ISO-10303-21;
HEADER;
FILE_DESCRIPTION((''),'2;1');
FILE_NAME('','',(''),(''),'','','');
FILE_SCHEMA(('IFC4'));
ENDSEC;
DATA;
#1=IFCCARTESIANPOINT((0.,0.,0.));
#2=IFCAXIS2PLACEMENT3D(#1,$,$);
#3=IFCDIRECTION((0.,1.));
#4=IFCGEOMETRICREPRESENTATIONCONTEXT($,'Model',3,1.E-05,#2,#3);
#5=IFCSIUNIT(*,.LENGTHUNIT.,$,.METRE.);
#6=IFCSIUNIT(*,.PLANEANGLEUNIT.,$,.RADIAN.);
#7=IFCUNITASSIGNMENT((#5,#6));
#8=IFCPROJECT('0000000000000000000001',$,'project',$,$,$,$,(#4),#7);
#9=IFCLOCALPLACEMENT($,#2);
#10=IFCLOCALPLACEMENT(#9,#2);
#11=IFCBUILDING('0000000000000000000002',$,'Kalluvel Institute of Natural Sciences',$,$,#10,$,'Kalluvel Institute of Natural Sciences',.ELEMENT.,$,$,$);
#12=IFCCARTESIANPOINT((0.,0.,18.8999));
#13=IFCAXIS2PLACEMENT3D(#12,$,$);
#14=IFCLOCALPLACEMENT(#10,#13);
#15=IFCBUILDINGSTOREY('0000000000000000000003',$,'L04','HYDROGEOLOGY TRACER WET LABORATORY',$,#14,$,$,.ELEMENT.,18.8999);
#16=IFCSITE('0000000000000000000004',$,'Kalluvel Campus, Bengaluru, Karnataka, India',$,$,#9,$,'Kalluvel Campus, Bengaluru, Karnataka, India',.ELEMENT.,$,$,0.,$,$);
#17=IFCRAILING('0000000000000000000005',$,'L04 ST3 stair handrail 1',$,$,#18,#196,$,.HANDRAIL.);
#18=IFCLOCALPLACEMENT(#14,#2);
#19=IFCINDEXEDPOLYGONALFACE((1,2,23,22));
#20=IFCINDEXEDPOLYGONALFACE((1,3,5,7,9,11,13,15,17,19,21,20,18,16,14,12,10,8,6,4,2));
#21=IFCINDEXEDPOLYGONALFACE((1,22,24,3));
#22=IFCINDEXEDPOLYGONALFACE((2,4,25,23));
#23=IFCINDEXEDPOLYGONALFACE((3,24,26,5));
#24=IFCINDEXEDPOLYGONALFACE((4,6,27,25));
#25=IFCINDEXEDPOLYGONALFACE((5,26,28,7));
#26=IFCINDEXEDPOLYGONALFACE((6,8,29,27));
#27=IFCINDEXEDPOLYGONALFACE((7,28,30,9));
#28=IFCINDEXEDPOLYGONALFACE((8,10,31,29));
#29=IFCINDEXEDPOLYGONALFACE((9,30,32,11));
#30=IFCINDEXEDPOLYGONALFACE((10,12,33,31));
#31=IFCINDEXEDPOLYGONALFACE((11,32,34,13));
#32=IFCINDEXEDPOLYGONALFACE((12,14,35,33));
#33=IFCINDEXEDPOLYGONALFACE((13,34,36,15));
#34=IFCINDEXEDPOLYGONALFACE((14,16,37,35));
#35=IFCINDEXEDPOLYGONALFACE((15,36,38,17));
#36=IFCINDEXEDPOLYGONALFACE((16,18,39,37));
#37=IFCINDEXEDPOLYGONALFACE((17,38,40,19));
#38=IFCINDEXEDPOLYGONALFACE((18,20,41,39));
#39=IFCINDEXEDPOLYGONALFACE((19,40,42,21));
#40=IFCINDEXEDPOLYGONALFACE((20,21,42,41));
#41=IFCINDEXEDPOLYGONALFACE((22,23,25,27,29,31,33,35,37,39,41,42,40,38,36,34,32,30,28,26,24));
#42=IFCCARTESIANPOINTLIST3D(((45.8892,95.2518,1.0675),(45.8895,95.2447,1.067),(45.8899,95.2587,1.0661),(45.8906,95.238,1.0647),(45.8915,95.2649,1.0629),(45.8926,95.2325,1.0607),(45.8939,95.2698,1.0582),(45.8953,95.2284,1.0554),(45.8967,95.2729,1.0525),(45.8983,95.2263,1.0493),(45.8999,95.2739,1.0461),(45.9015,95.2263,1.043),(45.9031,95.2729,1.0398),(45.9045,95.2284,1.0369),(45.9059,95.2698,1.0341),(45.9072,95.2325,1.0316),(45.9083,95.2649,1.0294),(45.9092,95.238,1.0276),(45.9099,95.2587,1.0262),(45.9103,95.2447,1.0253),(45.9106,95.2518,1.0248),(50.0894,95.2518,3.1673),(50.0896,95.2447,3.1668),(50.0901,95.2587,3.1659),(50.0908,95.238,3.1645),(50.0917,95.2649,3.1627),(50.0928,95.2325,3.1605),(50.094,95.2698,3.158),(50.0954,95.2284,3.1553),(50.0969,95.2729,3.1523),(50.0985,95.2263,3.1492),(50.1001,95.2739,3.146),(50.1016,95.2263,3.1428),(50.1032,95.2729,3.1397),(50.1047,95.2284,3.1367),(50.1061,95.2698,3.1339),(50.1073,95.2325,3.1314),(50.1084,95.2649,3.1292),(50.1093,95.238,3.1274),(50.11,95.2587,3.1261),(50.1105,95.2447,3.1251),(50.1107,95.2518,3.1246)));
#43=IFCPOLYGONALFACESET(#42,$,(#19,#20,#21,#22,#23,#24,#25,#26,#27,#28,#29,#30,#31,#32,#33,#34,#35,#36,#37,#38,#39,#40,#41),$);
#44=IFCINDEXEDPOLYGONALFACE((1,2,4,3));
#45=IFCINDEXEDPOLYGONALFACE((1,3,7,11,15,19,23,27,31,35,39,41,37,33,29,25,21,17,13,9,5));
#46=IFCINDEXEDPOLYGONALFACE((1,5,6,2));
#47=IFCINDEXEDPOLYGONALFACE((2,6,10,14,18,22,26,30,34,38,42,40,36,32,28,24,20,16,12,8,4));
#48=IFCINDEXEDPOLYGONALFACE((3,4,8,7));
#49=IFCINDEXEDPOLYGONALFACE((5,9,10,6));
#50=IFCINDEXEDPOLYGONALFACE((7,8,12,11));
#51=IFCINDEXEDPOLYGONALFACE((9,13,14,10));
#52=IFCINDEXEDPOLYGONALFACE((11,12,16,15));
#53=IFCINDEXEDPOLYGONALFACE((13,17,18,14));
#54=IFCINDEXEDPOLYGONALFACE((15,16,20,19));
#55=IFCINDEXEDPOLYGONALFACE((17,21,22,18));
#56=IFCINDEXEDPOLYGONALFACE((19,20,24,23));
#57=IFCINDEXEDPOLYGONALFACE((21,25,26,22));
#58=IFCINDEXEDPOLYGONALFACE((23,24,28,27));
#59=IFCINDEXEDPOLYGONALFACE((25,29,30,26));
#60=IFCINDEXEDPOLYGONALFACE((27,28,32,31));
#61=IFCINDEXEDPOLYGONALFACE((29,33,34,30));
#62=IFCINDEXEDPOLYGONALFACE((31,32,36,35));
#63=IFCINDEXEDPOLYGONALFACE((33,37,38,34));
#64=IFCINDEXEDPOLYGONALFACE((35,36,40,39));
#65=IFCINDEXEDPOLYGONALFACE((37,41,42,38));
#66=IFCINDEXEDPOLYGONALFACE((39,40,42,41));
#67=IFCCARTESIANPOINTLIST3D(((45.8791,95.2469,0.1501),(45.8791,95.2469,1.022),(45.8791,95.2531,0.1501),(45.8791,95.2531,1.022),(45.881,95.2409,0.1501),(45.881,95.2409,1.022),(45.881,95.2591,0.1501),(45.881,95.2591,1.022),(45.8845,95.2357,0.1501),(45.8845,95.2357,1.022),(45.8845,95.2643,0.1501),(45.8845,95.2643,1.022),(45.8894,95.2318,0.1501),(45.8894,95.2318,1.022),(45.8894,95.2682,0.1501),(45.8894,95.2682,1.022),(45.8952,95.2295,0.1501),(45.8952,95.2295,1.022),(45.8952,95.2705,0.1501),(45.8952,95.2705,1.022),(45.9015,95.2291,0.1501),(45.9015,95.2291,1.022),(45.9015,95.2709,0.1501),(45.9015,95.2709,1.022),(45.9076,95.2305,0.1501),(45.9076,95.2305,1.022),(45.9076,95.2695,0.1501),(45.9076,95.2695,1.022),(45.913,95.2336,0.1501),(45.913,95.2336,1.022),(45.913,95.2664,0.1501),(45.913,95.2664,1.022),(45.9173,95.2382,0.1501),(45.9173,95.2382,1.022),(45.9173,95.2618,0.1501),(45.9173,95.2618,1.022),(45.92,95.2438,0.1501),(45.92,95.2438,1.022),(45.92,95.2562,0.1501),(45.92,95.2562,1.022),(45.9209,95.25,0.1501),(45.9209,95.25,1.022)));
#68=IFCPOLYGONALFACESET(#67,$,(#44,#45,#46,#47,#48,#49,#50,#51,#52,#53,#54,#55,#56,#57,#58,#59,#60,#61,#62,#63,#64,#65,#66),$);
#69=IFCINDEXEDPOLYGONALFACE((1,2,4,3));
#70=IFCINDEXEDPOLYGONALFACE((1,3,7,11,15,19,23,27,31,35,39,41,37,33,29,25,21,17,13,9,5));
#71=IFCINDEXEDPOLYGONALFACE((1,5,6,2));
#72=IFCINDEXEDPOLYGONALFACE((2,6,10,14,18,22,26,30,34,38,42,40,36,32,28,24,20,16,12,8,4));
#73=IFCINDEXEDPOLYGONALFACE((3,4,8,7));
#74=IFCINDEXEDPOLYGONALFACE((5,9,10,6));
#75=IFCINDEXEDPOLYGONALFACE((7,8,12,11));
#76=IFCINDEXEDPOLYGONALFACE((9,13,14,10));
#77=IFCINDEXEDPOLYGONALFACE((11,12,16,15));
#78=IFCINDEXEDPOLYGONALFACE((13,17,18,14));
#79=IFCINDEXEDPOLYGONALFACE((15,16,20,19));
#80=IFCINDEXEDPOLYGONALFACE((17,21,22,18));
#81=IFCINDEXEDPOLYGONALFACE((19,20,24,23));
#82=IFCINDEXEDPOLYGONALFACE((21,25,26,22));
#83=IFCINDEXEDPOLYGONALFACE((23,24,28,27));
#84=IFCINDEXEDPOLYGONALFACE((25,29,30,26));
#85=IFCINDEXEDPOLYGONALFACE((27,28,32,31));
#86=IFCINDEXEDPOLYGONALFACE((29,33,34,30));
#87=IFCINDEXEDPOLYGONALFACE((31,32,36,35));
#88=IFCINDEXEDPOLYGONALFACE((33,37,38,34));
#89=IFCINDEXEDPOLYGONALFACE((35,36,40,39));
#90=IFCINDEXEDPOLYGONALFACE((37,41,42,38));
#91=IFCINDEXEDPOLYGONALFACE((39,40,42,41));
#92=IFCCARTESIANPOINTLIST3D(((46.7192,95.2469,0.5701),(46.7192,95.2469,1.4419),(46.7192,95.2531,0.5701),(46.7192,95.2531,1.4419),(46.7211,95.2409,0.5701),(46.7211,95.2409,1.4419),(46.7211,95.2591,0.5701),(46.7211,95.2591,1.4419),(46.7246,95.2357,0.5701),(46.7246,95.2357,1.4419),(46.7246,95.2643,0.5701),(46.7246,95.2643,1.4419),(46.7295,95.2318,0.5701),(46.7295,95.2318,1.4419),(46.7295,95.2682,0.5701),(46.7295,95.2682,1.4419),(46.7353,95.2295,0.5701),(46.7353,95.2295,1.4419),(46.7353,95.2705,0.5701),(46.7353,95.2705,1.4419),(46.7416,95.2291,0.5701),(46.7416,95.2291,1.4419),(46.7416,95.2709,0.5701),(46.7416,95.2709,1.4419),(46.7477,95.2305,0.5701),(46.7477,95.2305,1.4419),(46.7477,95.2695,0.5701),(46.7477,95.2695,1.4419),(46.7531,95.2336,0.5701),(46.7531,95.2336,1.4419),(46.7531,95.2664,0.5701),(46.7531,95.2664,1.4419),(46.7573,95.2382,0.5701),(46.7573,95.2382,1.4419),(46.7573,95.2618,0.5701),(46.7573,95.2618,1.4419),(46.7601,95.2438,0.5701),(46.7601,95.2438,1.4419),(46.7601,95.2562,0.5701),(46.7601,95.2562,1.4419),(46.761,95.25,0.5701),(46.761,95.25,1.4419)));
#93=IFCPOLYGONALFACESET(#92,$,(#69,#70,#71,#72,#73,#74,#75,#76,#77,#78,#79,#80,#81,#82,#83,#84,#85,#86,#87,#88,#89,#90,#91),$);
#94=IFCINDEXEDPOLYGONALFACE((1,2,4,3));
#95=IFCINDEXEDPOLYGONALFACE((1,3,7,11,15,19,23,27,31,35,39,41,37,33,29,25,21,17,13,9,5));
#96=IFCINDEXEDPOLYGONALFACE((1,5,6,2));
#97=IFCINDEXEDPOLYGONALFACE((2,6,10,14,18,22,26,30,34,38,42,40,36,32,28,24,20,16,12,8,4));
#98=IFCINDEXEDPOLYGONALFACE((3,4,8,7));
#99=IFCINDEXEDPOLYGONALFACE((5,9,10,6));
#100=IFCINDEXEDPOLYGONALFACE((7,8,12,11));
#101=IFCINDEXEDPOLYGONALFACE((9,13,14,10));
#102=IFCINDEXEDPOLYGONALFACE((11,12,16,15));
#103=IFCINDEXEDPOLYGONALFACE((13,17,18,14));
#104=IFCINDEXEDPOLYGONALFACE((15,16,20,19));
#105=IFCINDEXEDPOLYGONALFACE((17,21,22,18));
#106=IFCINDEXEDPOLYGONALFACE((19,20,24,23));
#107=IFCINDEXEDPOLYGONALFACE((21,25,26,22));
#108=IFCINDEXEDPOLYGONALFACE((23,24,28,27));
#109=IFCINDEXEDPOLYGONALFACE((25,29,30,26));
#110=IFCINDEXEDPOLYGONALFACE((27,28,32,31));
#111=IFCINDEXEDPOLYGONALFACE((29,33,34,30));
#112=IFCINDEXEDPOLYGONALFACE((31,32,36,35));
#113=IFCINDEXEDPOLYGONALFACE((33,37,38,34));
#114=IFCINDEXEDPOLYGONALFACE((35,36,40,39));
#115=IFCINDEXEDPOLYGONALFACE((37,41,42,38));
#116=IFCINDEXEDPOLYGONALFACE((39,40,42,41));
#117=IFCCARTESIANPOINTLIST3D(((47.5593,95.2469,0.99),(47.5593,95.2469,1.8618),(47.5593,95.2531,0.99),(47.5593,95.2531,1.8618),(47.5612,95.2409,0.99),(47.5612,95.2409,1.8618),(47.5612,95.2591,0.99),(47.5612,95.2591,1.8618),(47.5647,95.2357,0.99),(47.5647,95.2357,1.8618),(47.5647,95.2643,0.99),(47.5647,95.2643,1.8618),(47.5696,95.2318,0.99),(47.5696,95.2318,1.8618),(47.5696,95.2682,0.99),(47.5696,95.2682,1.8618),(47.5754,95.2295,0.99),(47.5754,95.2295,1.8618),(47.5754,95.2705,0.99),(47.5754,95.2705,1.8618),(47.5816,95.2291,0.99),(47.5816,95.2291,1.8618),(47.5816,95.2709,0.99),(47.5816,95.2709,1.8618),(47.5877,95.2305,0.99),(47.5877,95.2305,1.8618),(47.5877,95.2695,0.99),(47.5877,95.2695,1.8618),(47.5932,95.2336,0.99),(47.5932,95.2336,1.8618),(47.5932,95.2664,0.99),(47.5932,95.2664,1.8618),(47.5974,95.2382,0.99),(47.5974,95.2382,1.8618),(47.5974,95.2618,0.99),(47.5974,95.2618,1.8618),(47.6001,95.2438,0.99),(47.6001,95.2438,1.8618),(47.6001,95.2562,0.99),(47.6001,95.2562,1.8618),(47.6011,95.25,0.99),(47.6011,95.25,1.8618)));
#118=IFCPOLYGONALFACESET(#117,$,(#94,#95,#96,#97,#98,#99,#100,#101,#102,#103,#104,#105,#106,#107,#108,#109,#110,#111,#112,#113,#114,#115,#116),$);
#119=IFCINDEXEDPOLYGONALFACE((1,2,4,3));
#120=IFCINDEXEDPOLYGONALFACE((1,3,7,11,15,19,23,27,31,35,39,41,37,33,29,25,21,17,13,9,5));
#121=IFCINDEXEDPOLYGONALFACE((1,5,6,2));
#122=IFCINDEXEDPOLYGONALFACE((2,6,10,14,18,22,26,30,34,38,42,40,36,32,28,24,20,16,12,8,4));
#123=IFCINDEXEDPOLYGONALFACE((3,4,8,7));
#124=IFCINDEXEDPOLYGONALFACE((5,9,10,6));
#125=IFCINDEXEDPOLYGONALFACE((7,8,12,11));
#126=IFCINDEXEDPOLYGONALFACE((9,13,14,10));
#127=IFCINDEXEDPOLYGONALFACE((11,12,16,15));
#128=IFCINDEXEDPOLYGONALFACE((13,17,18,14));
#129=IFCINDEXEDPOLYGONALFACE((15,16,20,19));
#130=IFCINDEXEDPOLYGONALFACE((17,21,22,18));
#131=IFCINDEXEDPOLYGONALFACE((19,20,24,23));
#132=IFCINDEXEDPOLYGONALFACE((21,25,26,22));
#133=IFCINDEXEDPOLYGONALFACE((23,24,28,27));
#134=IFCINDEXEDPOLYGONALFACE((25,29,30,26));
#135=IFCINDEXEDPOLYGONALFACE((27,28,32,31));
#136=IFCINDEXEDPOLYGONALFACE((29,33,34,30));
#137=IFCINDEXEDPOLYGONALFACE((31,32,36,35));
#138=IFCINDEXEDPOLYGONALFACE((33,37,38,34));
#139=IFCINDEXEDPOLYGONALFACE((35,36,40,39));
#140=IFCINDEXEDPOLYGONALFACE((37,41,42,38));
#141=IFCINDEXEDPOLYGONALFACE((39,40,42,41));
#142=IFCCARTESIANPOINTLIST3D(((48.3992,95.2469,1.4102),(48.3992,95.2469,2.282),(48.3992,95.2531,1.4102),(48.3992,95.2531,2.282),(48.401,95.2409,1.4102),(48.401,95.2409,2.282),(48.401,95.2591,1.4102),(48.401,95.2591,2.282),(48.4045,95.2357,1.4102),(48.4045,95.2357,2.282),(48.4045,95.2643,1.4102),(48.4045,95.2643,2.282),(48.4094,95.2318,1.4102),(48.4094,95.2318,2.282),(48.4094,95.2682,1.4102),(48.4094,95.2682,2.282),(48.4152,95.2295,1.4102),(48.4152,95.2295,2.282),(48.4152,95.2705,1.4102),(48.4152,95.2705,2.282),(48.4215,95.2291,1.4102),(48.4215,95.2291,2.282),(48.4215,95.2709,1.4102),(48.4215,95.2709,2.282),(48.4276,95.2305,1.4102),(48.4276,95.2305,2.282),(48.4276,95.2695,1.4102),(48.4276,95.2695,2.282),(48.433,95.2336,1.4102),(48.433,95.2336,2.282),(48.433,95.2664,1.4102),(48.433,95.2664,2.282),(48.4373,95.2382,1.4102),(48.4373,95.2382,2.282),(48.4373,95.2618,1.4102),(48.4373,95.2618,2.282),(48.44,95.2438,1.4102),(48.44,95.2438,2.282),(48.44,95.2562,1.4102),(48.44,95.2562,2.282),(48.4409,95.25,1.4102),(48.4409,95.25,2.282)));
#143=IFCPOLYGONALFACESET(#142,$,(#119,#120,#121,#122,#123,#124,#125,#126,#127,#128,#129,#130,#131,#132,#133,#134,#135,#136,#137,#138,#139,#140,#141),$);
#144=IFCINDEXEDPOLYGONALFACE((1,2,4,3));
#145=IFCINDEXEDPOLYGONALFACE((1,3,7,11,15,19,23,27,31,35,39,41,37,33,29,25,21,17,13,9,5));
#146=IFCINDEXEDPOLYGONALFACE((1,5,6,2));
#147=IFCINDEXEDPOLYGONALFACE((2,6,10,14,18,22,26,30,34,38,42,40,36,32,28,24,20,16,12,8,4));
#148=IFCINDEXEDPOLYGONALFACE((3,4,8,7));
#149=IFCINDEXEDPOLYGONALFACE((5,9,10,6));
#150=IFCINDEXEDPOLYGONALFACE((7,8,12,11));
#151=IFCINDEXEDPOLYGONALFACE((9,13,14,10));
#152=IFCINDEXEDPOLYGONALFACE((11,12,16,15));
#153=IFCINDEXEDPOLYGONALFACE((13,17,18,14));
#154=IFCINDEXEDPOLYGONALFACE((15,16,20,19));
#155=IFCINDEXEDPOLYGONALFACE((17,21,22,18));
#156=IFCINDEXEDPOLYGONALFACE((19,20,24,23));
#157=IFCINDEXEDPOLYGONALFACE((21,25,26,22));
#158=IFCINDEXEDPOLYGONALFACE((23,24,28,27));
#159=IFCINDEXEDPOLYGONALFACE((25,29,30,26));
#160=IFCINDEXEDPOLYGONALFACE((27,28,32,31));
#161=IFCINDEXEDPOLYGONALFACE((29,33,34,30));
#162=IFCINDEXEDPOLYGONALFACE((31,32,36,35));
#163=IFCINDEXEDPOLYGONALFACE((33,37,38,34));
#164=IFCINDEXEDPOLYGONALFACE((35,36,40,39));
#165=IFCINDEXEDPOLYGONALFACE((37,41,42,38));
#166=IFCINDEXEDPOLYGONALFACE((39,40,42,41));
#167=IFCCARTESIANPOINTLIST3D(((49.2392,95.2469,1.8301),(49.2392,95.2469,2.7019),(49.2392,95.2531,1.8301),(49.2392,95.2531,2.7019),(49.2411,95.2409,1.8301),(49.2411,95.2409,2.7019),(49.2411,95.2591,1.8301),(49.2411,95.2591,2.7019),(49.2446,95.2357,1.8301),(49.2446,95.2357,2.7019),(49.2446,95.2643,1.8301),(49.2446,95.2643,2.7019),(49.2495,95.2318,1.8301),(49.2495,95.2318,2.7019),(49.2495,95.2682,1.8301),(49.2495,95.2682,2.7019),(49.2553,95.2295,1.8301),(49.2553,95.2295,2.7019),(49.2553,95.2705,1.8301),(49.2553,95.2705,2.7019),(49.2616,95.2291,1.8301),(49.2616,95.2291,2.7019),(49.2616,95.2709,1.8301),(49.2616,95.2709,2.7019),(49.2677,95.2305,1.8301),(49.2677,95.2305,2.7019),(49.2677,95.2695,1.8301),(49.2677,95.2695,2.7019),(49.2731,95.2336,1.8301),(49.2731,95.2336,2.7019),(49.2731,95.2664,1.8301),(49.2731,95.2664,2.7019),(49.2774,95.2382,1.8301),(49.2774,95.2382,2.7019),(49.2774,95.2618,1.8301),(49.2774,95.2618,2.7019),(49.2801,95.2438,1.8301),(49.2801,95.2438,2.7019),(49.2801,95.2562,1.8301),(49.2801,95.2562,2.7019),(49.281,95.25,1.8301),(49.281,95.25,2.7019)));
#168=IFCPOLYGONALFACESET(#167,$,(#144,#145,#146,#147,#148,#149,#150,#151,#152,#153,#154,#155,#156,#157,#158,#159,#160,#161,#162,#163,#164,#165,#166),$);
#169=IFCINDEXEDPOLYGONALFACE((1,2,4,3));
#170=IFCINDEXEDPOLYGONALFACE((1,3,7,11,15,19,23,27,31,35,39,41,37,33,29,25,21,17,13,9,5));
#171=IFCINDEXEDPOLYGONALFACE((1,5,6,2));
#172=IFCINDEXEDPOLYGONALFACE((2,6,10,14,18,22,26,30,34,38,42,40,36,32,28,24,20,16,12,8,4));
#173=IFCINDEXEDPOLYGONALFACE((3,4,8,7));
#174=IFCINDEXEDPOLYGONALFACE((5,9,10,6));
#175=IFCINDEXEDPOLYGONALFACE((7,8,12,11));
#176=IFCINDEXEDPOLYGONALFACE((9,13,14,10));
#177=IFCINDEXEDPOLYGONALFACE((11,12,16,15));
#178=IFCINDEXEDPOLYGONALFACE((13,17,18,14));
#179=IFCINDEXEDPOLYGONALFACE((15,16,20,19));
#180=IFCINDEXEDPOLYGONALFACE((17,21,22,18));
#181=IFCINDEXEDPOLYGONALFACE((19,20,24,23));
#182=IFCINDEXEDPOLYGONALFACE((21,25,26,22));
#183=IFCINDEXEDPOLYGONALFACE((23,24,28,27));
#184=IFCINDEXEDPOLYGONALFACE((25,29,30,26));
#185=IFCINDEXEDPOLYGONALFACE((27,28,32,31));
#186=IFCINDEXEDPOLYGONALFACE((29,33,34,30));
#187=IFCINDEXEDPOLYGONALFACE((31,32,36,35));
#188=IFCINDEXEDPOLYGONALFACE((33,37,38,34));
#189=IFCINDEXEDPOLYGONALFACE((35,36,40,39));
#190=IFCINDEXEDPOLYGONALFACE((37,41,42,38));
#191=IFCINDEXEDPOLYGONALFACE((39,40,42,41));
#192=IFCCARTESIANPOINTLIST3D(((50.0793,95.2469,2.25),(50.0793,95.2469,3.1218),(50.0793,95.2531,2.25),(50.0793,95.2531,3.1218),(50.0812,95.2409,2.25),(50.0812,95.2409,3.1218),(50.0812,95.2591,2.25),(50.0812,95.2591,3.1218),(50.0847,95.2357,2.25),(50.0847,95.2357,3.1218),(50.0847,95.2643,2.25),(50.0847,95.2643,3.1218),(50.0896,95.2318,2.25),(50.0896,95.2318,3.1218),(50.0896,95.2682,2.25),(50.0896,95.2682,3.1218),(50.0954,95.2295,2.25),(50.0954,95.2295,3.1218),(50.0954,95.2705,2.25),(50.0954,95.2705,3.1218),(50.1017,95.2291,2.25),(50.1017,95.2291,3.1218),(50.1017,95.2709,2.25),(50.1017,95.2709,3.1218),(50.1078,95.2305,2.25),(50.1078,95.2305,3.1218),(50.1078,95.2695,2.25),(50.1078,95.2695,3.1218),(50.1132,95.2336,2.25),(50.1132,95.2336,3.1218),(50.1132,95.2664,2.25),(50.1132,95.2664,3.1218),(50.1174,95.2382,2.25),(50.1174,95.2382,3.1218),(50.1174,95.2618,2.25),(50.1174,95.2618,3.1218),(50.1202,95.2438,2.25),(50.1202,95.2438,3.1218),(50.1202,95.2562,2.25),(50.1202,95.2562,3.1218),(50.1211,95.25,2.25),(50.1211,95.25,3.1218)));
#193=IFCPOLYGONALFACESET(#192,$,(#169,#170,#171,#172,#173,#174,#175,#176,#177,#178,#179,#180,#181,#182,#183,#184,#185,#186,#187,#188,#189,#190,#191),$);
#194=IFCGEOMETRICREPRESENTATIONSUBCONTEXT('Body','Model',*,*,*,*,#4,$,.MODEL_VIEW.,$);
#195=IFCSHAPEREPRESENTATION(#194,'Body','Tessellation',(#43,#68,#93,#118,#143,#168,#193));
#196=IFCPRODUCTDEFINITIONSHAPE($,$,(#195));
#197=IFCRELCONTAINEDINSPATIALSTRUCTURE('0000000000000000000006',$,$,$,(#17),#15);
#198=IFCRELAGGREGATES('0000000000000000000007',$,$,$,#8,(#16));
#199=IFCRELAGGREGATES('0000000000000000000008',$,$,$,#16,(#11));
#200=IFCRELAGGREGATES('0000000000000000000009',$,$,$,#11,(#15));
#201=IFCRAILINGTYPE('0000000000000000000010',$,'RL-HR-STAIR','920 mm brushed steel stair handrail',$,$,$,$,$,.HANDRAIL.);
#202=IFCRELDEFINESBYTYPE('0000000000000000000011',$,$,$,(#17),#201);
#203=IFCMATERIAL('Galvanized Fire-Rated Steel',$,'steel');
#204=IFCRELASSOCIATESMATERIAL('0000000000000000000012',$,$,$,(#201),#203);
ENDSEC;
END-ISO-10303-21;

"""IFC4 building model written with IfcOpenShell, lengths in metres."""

from ifc_helpers import new_model, si_unit, direction, frame, origin, origin_2d, place, context, subcontext, project, spatial, circle, extrude, material, type_object, element, save


model = new_model("IFC4")

# Units and contexts
model_context = context("Model", 3, precision=1e-05, world=origin(), true_north=direction((0.0, 1.0)))
body_context = subcontext(model_context, "Body", "Model", "MODEL_VIEW")
ifc_project = project(units=[si_unit("LENGTHUNIT", "METRE"), si_unit("PLANEANGLEUNIT", "RADIAN")], contexts=[model_context])

# Site, building, storey
site_placement = place(None, origin())
site = spatial("IfcSite", under=ifc_project, at=site_placement, Name="Kalluvel Campus, Bengaluru, Karnataka, India", LongName="Kalluvel Campus, Bengaluru, Karnataka, India", CompositionType="ELEMENT", RefElevation=0.0)
building_placement = place(site_placement, origin())
building = spatial("IfcBuilding", under=site, at=building_placement, Name="Kalluvel Institute of Natural Sciences", LongName="Kalluvel Institute of Natural Sciences", CompositionType="ELEMENT")
storey_placement = place(building_placement, frame((0.0, 0.0, 18.8999)))
storey = spatial("IfcBuildingStorey", under=building, at=storey_placement, Name="L04", Description="HYDROGEOLOGY TRACER WET LABORATORY", CompositionType="ELEMENT", Elevation=18.8999)

# Railing
ifc_material_1 = material(Name="Galvanized Fire-Rated Steel", Category="steel")
railing_type_1 = type_object("IfcRailingType", Name="RL-HR-STAIR", Description="920 mm brushed steel stair handrail", PredefinedType="HANDRAIL", material=ifc_material_1)
railing_1_placement = place(storey_placement, frame((45.8999, 95.25, 0.1501)))
element("IfcRailing", 1, at=railing_1_placement, inside=storey, type_object=railing_type_1, Name="L04 ST3 stair handrail 1", PredefinedType="HANDRAIL", context=body_context, shape_type="SweptSolid", body=[
    extrude(circle(Radius=0.0239, at=origin_2d()), frame((0.0, 0.0, 0.896), z_axis=(0.894448, 0.0, 0.447172), x_axis=(0.0, 1.0, 0.0)), (0.0, 0.0, 1.0), 4.6958),
    extrude(circle(Radius=0.021, at=origin_2d()), origin(), (0.0, 0.0, 1.0), 0.8718),
    extrude(circle(Radius=0.021, at=origin_2d()), frame((0.8401, 0.0, 0.4199)), (0.0, 0.0, 1.0), 0.8718),
    extrude(circle(Radius=0.021, at=origin_2d()), frame((1.6802, 0.0, 0.8398)), (0.0, 0.0, 1.0), 0.8718),
    extrude(circle(Radius=0.021, at=origin_2d()), frame((2.52, 0.0, 1.26)), (0.0, 0.0, 1.0), 0.8718),
    extrude(circle(Radius=0.021, at=origin_2d()), frame((3.3601, 0.0, 1.6799)), (0.0, 0.0, 1.0), 0.8718),
    extrude(circle(Radius=0.021, at=origin_2d()), frame((4.2002, 0.0, 2.0999)), (0.0, 0.0, 1.0), 0.8718),
])

save(model, "model.ifc")
